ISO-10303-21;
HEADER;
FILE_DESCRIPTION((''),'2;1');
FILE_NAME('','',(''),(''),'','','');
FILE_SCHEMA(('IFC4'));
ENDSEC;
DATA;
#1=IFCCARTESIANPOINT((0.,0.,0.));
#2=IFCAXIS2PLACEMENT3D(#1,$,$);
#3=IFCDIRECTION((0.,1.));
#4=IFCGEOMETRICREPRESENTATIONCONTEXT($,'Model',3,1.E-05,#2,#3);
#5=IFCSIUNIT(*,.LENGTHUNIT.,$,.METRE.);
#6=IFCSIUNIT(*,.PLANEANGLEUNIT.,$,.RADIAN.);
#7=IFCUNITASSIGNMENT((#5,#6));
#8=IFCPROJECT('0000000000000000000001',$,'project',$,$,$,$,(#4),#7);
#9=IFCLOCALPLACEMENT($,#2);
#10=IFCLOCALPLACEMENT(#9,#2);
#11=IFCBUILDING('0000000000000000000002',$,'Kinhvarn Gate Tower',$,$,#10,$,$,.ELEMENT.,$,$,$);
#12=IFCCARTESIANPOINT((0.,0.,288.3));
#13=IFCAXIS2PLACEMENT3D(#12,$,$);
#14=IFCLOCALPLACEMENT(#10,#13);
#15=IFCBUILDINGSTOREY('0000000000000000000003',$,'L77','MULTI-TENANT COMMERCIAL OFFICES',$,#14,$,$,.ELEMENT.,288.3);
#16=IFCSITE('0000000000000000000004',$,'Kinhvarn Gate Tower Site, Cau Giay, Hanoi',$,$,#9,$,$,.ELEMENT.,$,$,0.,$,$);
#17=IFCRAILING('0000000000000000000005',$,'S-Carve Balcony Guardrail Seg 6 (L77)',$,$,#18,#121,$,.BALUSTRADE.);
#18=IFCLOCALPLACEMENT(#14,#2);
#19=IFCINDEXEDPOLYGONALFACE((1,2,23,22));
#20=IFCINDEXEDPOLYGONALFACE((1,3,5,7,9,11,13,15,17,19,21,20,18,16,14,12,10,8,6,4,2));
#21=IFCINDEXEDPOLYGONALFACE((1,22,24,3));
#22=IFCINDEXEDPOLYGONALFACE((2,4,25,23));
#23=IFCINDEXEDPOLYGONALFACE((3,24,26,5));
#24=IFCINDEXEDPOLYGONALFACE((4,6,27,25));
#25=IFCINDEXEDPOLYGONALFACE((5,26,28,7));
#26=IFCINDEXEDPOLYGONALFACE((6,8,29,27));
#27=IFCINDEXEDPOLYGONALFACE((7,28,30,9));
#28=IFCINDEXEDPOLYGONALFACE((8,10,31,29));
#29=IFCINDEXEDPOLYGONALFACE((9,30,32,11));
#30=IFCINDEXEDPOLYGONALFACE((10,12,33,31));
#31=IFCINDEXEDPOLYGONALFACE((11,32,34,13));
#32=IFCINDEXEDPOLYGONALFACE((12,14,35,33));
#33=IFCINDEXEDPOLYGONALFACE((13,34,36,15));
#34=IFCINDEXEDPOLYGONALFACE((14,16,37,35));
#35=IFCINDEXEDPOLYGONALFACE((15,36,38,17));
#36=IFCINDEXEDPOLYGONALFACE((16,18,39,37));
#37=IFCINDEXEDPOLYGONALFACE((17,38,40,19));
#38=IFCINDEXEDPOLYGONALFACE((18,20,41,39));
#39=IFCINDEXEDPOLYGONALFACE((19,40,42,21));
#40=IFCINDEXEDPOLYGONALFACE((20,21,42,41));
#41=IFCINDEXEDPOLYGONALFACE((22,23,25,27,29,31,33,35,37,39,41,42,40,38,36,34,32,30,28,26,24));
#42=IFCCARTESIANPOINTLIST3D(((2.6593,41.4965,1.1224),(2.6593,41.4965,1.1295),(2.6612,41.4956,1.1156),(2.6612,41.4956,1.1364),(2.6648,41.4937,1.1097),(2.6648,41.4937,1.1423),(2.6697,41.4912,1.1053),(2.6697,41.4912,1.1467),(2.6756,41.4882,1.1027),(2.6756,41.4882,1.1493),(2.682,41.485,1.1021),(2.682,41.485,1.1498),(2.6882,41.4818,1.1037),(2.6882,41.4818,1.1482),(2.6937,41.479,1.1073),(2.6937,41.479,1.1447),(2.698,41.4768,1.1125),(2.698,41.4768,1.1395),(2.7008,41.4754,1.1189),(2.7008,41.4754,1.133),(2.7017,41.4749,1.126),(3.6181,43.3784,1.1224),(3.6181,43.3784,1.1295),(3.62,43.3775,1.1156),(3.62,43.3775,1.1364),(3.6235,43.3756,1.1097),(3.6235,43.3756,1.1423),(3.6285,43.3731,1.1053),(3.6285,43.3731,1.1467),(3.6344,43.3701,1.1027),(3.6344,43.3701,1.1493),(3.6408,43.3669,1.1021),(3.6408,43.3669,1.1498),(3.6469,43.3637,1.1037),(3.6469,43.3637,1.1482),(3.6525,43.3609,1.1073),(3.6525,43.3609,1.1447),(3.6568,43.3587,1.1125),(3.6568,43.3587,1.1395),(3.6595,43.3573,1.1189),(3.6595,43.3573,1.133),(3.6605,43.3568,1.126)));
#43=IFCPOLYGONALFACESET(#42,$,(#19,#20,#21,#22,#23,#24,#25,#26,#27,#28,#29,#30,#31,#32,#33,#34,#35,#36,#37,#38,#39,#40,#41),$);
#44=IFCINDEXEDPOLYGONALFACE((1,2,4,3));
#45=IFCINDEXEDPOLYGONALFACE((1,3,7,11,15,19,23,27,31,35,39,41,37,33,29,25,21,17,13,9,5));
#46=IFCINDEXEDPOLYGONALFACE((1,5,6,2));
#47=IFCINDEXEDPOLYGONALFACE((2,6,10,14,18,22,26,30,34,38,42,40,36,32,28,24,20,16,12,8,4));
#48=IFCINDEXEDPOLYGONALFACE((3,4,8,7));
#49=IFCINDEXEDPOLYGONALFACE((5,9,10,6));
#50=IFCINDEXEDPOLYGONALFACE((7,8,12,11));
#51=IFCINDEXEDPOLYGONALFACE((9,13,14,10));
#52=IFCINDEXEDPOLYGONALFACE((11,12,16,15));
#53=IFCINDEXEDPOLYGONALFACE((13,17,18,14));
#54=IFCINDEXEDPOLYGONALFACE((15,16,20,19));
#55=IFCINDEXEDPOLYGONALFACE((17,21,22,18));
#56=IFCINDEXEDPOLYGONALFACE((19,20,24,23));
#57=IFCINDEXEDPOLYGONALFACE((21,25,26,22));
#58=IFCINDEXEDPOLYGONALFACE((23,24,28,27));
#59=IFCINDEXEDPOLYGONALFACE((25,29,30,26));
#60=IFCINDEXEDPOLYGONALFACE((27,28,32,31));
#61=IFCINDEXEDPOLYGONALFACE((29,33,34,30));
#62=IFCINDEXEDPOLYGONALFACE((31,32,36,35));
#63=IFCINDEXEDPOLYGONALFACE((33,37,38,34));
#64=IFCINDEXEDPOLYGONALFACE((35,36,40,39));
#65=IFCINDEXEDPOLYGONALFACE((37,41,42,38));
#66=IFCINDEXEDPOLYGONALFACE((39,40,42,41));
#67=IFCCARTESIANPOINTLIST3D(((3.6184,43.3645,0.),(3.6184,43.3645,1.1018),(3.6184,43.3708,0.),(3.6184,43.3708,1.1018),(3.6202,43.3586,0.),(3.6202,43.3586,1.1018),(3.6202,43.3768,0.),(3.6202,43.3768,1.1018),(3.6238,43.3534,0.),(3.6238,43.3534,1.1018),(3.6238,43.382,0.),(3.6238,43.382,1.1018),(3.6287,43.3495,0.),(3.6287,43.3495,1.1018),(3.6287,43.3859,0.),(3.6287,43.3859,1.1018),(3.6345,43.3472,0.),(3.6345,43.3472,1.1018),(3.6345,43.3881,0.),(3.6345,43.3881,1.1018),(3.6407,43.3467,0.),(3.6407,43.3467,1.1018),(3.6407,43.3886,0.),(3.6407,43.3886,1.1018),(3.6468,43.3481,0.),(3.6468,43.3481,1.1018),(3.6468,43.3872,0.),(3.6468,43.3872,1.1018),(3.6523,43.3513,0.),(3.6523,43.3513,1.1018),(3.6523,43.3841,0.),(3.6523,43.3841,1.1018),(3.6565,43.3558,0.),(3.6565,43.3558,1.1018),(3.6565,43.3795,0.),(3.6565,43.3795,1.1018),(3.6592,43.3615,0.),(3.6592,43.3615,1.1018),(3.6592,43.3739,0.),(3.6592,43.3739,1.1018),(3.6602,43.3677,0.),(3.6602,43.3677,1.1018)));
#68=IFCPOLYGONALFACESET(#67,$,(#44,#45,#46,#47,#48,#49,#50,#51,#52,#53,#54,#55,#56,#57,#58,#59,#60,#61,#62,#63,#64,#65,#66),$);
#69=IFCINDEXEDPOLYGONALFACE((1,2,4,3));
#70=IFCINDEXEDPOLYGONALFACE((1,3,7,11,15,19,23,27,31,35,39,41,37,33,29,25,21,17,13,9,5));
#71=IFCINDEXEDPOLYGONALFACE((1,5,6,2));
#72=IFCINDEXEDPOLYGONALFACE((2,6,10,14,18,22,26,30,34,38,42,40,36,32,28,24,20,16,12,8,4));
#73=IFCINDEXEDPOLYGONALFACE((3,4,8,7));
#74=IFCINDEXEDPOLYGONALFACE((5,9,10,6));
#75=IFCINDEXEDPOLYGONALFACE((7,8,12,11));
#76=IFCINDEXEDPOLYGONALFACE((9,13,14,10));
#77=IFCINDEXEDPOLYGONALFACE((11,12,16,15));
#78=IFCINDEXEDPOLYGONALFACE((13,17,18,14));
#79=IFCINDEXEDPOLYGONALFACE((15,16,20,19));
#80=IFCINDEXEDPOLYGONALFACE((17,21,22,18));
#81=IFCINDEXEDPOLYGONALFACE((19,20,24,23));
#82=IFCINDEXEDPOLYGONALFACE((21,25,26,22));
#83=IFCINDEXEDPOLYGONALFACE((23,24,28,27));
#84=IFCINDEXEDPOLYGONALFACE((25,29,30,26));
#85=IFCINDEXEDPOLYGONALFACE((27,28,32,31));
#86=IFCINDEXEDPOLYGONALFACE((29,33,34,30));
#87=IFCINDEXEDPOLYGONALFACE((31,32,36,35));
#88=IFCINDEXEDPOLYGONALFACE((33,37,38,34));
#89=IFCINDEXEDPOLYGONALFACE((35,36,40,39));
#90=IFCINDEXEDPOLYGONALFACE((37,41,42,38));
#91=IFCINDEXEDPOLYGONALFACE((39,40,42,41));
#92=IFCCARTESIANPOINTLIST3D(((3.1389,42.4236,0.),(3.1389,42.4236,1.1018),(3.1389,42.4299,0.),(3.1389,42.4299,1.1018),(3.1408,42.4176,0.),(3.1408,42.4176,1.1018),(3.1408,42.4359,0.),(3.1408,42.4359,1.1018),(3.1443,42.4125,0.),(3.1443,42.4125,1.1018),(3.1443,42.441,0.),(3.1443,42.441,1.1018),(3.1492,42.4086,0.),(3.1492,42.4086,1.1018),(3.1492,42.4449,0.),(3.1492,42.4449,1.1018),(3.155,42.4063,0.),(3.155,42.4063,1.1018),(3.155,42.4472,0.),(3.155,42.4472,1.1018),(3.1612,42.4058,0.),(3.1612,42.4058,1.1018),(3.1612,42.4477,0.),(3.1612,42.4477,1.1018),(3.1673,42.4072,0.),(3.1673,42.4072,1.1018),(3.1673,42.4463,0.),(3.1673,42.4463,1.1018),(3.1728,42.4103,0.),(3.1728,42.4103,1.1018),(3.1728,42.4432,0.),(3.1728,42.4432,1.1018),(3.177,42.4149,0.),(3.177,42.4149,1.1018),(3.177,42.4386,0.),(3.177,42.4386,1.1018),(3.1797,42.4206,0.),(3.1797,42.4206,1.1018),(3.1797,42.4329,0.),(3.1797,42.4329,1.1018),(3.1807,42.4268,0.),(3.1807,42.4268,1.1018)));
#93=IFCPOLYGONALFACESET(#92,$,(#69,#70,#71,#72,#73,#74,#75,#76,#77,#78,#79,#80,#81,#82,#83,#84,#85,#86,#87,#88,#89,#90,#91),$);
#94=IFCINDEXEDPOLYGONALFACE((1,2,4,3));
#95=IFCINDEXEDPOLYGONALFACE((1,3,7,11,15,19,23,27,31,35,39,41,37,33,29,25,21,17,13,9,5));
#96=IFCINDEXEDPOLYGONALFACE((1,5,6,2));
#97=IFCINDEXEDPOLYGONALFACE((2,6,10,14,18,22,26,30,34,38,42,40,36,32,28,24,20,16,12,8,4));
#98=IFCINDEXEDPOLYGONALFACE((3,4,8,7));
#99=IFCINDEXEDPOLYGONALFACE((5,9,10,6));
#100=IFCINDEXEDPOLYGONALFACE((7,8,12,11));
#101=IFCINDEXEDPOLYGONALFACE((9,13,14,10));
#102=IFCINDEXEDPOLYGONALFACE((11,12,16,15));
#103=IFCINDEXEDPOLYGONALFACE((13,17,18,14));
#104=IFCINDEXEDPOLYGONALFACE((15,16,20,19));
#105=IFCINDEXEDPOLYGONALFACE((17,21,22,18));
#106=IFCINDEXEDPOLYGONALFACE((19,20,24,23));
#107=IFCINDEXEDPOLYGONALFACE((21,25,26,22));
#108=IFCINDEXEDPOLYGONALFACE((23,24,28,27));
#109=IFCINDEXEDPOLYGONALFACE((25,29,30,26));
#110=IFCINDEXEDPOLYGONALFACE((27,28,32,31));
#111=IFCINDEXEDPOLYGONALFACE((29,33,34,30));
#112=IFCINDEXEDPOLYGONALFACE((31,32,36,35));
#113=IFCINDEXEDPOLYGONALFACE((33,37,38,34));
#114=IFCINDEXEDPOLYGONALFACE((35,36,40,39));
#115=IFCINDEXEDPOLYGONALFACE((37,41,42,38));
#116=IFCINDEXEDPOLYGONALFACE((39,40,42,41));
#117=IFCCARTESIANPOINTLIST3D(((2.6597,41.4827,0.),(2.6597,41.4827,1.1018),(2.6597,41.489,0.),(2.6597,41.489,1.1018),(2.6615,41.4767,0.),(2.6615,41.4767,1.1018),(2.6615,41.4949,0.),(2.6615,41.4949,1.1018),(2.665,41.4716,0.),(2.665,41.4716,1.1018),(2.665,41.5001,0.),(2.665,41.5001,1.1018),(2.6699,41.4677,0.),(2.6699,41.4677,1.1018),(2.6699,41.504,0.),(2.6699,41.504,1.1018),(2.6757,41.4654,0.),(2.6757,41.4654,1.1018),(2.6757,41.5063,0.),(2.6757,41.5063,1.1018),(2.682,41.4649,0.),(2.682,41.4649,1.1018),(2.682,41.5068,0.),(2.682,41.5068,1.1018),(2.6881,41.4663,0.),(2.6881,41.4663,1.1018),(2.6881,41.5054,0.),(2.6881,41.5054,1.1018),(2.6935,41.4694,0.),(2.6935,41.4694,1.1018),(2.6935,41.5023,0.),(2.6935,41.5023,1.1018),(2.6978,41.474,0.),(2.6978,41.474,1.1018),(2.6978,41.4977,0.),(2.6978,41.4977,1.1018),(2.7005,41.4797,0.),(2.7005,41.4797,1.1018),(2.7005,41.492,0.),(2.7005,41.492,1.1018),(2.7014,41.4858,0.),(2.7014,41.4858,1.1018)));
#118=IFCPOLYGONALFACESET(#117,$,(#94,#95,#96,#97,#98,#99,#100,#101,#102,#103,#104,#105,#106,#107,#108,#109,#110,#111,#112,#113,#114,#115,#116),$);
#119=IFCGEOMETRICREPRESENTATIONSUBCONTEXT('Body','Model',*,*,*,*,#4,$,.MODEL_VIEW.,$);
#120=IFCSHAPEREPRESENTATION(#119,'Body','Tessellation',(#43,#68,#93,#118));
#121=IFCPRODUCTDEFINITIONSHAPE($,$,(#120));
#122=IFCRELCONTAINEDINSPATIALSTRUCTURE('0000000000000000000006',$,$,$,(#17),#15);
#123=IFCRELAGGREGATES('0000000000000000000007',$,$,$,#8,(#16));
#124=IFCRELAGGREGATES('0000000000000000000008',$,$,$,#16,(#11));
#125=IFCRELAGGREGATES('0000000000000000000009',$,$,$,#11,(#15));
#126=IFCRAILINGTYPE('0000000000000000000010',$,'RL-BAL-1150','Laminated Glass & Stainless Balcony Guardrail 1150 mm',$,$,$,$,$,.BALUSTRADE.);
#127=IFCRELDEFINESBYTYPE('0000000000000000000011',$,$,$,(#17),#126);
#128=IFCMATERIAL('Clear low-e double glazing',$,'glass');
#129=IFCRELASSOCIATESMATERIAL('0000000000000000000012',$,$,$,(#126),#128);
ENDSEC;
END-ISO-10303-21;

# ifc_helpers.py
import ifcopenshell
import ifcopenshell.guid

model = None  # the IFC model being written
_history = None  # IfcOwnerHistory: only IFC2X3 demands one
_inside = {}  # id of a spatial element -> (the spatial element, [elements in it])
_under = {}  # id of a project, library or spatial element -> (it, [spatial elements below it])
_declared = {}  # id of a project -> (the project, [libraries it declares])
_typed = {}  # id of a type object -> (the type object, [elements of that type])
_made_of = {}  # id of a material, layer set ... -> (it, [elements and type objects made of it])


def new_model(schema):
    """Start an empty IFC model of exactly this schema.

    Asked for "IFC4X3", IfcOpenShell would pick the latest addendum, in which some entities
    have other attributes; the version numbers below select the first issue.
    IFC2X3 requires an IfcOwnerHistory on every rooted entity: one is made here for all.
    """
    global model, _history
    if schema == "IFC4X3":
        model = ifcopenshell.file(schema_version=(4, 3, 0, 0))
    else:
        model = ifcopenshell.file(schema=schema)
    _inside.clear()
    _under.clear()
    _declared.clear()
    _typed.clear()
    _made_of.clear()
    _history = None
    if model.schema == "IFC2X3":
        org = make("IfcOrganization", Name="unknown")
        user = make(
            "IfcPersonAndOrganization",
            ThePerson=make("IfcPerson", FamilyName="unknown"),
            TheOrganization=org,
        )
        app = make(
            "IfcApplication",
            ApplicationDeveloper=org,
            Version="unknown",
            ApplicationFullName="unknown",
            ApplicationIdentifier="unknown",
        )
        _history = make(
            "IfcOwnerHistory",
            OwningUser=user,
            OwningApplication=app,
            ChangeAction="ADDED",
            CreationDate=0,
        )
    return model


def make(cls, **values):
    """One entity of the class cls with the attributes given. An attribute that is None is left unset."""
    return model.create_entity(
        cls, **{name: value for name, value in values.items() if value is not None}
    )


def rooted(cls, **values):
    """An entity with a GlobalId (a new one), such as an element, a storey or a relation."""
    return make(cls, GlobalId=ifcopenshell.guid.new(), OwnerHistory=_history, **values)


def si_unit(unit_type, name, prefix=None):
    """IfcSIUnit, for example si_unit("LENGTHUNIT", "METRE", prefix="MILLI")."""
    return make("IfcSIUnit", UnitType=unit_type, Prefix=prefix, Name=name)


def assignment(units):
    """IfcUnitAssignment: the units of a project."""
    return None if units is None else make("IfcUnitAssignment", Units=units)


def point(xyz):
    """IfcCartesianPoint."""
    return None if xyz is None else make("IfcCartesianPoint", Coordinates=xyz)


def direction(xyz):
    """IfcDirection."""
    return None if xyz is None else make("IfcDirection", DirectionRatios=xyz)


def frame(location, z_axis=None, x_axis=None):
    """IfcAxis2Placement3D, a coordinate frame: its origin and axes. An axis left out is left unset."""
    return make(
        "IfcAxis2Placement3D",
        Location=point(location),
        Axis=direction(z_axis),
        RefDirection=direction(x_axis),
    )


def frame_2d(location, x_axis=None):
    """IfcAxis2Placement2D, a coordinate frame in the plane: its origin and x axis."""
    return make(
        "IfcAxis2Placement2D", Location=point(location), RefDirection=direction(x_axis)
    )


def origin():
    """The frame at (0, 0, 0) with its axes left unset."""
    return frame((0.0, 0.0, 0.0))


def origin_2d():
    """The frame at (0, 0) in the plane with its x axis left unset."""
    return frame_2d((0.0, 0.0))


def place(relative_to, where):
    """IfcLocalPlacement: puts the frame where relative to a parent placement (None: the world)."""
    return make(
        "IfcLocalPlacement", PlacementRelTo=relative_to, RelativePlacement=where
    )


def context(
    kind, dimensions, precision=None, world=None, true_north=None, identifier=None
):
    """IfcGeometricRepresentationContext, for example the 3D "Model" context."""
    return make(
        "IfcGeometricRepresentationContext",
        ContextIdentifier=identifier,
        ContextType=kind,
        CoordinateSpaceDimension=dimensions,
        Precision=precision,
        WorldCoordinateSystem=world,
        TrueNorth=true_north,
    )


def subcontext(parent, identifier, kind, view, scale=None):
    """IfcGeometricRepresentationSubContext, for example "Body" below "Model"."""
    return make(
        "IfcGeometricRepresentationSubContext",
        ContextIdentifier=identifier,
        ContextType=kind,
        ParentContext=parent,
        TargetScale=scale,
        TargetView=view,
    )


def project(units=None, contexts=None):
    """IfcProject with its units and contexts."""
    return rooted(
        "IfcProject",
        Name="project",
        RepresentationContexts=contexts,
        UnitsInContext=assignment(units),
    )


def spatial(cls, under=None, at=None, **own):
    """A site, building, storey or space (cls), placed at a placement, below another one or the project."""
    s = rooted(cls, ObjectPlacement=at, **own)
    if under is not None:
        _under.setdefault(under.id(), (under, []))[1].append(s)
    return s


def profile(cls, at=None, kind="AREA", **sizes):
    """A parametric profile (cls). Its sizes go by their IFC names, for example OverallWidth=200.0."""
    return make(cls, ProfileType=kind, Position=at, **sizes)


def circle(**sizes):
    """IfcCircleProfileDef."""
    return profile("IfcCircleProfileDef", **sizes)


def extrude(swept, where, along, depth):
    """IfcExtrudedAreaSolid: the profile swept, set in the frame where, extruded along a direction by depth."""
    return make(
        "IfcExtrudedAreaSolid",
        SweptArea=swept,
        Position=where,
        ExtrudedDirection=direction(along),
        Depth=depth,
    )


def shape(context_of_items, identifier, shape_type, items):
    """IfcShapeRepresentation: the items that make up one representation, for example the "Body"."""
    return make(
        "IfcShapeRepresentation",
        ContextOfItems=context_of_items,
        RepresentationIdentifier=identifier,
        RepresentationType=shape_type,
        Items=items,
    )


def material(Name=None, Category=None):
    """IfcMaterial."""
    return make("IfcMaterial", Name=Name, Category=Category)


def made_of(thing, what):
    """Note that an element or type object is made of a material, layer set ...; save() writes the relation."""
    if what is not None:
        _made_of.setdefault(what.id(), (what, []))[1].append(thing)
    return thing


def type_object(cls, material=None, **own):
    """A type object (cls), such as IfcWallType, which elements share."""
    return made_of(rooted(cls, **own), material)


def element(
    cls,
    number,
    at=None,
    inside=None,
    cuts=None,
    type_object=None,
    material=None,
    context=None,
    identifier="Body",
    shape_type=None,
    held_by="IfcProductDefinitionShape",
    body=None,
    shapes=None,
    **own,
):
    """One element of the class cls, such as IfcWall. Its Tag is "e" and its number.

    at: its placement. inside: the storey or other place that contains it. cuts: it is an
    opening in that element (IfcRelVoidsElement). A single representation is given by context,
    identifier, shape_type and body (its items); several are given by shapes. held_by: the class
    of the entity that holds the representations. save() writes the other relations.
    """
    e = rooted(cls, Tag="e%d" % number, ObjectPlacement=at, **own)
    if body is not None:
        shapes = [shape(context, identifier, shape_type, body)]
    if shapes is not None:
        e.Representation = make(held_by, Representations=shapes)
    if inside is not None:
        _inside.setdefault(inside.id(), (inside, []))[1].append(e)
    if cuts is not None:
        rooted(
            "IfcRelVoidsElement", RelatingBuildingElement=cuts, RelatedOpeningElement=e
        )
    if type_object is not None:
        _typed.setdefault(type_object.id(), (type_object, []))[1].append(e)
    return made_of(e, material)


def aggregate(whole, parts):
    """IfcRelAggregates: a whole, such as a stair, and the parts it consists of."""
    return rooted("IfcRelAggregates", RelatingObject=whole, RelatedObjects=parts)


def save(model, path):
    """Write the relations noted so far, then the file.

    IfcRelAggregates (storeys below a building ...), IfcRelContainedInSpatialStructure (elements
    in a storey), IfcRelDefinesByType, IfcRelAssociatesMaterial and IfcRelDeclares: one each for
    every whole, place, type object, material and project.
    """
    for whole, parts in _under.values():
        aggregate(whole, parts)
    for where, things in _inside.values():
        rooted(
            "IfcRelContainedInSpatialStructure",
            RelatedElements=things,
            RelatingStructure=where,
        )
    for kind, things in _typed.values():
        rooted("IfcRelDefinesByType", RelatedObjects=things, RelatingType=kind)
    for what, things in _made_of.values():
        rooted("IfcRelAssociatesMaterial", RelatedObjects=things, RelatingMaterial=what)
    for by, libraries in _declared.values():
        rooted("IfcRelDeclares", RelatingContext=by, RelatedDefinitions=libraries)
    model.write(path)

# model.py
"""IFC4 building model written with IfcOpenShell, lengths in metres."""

from ifc_helpers import new_model, si_unit, direction, frame, origin, origin_2d, place, context, subcontext, project, spatial, circle, extrude, material, type_object, element, save


model = new_model("IFC4")

# Units and contexts
model_context = context("Model", 3, precision=1e-05, world=origin(), true_north=direction((0.0, 1.0)))
body_context = subcontext(model_context, "Body", "Model", "MODEL_VIEW")
ifc_project = project(units=[si_unit("LENGTHUNIT", "METRE"), si_unit("PLANEANGLEUNIT", "RADIAN")], contexts=[model_context])

# Site, building, storey
site_placement = place(None, origin())
site = spatial("IfcSite", under=ifc_project, at=site_placement, Name="Kinhvarn Gate Tower Site, Cau Giay, Hanoi", CompositionType="ELEMENT", RefElevation=0.0)
building_placement = place(site_placement, origin())
building = spatial("IfcBuilding", under=site, at=building_placement, Name="Kinhvarn Gate Tower", CompositionType="ELEMENT")
storey_placement = place(building_placement, frame((0.0, 0.0, 288.3)))
storey = spatial("IfcBuildingStorey", under=building, at=storey_placement, Name="L77", Description="MULTI-TENANT COMMERCIAL OFFICES", CompositionType="ELEMENT", Elevation=288.3)

# Shared definitions
ifc_material_1 = material(Name="Clear low-e double glazing", Category="glass")

# Railing
railing_type = type_object("IfcRailingType", Name="RL-BAL-1150", Description="Laminated Glass & Stainless Balcony Guardrail 1150 mm", PredefinedType="BALUSTRADE", material=ifc_material_1)
railing_1_placement = place(storey_placement, frame((3.6392, 43.3677, 0.0)))
element("IfcRailing", 1, at=railing_1_placement, inside=storey, type_object=railing_type, Name="S-Carve Balcony Guardrail Seg 6 (L77)", PredefinedType="BALUSTRADE", context=body_context, shape_type="SweptSolid", body=[
    extrude(circle(Radius=0.0239, at=origin_2d()), frame((0.0, 0.0, 1.126), z_axis=(-0.453952, -0.891026, 0.0), x_axis=(0.891026, -0.453952, 0.0)), (0.0, 0.0, 1.0), 2.1121),
    extrude(circle(Radius=0.021, at=origin_2d()), origin(), (0.0, 0.0, 1.0), 1.1018),
    extrude(circle(Radius=0.021, at=origin_2d()), frame((-0.4795, -0.9409, 0.0)), (0.0, 0.0, 1.0), 1.1018),
    extrude(circle(Radius=0.021, at=origin_2d()), frame((-0.9587, -1.8818, 0.0)), (0.0, 0.0, 1.0), 1.1018),
])

save(model, "model.ifc")
